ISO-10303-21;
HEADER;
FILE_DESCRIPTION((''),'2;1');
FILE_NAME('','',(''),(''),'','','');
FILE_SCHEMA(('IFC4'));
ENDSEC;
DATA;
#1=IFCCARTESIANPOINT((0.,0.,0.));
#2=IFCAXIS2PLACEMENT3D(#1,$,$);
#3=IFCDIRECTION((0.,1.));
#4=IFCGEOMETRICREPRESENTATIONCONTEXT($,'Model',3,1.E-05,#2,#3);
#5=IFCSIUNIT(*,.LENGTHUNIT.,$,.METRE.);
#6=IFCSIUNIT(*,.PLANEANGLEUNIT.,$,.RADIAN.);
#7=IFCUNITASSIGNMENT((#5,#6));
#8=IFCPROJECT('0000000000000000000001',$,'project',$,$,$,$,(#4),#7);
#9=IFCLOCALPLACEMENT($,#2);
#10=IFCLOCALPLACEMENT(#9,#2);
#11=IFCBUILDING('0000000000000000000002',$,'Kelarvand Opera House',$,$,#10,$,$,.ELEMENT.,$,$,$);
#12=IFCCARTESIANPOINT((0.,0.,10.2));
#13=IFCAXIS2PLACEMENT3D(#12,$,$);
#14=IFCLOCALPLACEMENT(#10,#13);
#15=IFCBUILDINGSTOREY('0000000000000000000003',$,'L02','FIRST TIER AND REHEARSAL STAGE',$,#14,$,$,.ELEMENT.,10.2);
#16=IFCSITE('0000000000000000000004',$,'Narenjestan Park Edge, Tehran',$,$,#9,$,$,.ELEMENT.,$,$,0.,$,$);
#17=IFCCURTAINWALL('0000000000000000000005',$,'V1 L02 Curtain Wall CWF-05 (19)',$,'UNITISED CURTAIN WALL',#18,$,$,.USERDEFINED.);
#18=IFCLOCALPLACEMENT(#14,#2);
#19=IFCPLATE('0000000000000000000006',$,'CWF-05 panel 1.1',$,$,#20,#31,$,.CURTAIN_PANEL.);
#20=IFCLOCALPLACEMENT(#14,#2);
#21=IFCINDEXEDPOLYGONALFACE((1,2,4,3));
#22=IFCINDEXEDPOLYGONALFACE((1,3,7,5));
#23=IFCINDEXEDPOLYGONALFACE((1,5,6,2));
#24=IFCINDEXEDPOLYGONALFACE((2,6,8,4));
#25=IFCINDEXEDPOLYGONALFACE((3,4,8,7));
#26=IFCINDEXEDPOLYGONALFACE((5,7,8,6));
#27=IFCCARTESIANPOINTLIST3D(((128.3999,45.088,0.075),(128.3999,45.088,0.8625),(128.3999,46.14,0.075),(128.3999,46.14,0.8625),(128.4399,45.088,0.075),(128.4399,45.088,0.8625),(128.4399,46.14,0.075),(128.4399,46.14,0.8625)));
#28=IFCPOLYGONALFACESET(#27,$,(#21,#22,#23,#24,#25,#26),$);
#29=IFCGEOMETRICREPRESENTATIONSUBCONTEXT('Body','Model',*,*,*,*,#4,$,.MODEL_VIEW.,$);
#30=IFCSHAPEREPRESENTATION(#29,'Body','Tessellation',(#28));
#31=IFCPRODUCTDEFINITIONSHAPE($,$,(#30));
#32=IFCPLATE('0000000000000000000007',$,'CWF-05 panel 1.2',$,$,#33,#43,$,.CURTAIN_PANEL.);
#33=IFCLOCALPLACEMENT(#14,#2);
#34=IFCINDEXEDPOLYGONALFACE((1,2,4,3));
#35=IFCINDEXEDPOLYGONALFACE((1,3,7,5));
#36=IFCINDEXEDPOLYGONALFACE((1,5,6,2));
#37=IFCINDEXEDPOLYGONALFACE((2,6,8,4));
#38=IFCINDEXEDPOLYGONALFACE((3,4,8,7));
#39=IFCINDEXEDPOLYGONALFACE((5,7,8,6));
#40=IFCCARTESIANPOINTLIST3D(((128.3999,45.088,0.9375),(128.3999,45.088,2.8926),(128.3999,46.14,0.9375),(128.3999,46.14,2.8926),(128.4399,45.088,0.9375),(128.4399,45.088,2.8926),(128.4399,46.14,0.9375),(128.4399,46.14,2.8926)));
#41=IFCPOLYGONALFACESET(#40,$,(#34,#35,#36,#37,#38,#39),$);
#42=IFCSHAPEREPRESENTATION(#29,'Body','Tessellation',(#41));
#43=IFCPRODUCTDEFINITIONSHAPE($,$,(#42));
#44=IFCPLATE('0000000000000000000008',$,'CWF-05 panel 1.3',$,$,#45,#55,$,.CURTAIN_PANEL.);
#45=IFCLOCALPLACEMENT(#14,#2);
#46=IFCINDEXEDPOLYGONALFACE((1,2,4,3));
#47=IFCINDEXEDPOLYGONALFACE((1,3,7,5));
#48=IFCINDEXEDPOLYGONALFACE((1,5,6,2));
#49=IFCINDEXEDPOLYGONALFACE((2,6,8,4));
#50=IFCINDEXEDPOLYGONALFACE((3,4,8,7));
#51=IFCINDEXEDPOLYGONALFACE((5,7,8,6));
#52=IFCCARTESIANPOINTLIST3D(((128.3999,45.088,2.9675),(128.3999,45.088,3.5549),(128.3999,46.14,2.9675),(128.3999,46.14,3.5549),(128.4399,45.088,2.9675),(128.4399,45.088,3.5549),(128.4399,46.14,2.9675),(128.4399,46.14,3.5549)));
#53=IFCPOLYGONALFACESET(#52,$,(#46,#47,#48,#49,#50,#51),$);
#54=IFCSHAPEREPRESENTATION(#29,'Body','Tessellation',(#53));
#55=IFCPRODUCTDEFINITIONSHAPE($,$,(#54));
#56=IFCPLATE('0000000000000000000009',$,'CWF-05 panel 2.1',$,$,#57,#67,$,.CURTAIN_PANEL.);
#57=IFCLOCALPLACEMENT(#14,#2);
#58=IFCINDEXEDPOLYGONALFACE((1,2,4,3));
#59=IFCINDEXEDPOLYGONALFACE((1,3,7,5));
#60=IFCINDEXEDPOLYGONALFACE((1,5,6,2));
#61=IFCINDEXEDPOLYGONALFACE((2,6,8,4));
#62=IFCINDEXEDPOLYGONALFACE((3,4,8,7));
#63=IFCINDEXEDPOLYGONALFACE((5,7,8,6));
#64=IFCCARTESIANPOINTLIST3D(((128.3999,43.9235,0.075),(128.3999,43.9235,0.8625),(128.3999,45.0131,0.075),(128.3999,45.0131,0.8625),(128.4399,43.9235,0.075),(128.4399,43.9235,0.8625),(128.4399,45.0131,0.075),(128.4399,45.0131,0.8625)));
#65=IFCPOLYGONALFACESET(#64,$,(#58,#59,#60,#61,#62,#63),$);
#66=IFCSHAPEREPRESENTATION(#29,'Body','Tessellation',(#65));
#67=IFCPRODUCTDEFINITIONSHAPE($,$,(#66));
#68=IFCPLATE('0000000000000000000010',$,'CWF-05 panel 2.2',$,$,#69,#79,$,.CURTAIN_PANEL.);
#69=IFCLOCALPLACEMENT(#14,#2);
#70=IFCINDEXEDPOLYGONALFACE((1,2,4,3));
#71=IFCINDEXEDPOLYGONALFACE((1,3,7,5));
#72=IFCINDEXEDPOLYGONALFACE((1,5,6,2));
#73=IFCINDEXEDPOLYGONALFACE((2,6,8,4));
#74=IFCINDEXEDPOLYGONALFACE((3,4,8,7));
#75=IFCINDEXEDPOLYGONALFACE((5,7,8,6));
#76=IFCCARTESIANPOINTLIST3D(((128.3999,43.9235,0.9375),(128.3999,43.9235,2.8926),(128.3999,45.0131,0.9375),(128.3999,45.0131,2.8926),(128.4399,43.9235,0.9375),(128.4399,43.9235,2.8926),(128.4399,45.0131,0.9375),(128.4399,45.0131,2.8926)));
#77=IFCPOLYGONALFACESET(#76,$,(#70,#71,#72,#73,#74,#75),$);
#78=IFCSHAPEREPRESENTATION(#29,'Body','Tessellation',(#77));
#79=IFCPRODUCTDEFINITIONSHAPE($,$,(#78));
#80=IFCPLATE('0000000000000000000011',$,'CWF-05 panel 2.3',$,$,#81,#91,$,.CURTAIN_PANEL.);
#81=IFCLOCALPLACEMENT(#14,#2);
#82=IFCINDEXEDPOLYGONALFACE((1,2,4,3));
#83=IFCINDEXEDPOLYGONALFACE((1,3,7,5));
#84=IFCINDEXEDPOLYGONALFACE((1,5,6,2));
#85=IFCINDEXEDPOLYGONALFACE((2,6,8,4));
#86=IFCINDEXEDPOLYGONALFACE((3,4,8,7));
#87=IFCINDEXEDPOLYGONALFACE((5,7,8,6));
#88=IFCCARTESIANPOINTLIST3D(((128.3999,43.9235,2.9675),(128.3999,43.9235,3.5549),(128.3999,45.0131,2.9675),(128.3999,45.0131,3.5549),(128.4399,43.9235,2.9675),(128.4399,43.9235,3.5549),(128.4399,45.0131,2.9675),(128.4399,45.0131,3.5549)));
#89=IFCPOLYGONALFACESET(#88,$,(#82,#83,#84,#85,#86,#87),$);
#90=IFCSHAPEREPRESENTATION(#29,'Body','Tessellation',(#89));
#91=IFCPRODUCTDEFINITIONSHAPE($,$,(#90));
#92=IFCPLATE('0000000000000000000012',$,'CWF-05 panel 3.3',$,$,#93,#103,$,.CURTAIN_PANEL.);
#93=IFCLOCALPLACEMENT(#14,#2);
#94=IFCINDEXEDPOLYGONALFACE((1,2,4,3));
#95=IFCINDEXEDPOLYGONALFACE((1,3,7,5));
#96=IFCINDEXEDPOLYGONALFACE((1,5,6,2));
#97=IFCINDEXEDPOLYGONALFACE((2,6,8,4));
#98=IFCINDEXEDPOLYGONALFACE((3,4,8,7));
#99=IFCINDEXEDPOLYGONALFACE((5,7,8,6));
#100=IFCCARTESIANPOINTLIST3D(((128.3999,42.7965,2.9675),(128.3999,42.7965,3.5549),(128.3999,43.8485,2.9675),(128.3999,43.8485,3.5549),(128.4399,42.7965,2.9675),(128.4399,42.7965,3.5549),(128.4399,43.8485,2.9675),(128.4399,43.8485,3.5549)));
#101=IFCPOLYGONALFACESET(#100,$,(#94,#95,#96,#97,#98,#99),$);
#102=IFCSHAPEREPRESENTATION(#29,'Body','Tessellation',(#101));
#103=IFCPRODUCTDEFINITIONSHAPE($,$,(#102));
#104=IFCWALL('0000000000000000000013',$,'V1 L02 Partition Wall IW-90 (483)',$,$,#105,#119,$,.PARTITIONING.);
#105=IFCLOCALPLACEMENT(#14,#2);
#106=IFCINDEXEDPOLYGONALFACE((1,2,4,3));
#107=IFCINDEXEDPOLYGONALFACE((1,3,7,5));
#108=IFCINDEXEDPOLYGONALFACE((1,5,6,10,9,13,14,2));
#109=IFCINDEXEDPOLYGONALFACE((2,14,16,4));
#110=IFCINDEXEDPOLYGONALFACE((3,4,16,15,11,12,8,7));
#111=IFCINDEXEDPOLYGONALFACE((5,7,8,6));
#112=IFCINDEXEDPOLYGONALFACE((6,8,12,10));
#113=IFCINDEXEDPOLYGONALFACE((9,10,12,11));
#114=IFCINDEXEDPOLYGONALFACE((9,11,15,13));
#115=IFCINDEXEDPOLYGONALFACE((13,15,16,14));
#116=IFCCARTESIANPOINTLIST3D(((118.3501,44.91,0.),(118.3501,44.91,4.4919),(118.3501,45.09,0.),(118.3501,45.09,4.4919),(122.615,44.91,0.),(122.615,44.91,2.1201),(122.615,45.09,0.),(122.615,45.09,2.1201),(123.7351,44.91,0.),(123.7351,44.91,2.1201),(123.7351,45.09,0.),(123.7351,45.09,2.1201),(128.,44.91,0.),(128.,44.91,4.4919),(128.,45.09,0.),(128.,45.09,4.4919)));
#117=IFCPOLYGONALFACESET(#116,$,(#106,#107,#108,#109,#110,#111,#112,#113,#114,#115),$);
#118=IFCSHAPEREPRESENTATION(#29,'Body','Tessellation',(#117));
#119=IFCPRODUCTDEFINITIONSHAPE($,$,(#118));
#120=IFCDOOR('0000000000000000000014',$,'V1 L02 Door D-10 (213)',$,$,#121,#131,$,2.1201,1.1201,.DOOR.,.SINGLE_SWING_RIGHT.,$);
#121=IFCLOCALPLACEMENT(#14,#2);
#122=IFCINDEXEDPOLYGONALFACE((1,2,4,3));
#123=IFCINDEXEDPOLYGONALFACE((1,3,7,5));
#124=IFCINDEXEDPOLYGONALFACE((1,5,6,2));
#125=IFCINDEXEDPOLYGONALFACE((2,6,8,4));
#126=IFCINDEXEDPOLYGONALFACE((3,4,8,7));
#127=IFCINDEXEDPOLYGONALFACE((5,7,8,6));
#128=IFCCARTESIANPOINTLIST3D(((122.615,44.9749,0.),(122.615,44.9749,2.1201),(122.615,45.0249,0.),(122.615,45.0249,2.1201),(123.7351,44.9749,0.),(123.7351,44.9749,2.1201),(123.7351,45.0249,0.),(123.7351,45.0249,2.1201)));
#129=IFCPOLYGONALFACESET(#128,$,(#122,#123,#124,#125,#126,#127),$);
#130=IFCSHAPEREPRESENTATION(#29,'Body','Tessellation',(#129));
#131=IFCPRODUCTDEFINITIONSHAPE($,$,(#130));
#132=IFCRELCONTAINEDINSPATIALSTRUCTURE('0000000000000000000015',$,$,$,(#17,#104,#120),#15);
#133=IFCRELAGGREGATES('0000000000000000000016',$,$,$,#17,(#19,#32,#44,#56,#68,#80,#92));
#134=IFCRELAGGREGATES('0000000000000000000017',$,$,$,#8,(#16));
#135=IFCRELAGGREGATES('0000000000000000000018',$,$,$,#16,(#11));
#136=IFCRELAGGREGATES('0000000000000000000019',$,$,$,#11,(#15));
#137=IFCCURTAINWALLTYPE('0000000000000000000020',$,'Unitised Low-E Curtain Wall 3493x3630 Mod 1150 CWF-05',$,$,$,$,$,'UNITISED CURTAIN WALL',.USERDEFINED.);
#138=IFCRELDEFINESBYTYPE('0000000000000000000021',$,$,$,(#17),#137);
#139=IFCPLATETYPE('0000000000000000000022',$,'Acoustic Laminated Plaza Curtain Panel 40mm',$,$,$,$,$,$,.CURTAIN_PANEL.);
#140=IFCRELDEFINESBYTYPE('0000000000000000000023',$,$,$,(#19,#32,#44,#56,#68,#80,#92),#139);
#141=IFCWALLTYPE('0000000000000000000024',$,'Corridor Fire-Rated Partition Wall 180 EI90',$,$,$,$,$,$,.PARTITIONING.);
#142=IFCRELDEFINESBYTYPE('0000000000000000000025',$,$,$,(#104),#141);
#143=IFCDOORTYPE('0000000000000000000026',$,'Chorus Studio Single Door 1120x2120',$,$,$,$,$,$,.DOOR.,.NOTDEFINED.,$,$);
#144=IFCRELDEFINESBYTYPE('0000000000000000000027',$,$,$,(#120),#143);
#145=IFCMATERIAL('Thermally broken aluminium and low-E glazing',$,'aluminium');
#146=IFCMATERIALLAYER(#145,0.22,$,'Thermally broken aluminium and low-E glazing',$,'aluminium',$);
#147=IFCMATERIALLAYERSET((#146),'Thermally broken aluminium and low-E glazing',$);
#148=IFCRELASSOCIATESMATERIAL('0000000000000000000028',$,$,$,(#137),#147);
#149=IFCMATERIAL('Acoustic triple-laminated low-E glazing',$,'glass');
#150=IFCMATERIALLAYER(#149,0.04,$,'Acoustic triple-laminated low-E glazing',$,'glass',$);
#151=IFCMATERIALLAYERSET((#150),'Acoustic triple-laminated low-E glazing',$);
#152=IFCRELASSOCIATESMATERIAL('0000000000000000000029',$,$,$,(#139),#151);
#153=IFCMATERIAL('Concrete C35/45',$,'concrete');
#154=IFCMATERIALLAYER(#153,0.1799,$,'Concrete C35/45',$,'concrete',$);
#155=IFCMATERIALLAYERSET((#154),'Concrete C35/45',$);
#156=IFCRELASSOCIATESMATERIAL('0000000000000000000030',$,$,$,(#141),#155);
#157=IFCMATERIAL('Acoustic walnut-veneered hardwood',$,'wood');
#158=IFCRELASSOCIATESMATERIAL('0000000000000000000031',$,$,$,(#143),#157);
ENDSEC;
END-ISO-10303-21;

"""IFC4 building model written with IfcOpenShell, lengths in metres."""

from ifc_helpers import new_model, si_unit, direction, frame, frame_2d, origin, origin_2d, place, context, subcontext, project, spatial, rectangle, extrude, material, layer, layer_set, type_object, element, fill, aggregate, save


model = new_model("IFC4")

# Units and contexts
model_context = context("Model", 3, precision=1e-05, world=origin(), true_north=direction((0.0, 1.0)))
body_context = subcontext(model_context, "Body", "Model", "MODEL_VIEW")
ifc_project = project(units=[si_unit("LENGTHUNIT", "METRE"), si_unit("PLANEANGLEUNIT", "RADIAN")], contexts=[model_context])

# Site, building, storey
site_placement = place(None, origin())
site = spatial("IfcSite", under=ifc_project, at=site_placement, Name="Narenjestan Park Edge, Tehran", CompositionType="ELEMENT", RefElevation=0.0)
building_placement = place(site_placement, origin())
building = spatial("IfcBuilding", under=site, at=building_placement, Name="Kelarvand Opera House", CompositionType="ELEMENT")
storey_placement = place(building_placement, frame((0.0, 0.0, 10.2)))
storey = spatial("IfcBuildingStorey", under=building, at=storey_placement, Name="L02", Description="FIRST TIER AND REHEARSAL STAGE", CompositionType="ELEMENT", Elevation=10.2)

# Curtain wall, plates
ifc_material_1 = material(Name="Thermally broken aluminium and low-E glazing", Category="aluminium")
ifc_layer_1 = layer(ifc_material_1, 0.22, Name="Thermally broken aluminium and low-E glazing", Category="aluminium")
ifc_layer_set_1 = layer_set([ifc_layer_1], Name="Thermally broken aluminium and low-E glazing")
curtain_wall_type = type_object("IfcCurtainWallType", Name="Unitised Low-E Curtain Wall 3493x3630 Mod 1150 CWF-05", ElementType="UNITISED CURTAIN WALL", PredefinedType="USERDEFINED", material=ifc_layer_set_1)
curtain_wall_placement = place(storey_placement, origin())
curtain_wall = element("IfcCurtainWall", 1, at=curtain_wall_placement, inside=storey, type_object=curtain_wall_type, Name="V1 L02 Curtain Wall CWF-05 (19)", ObjectType="UNITISED CURTAIN WALL", PredefinedType="USERDEFINED")
ifc_material_2 = material(Name="Acoustic triple-laminated low-E glazing", Category="glass")
ifc_layer_2 = layer(ifc_material_2, 0.04, Name="Acoustic triple-laminated low-E glazing", Category="glass")
ifc_layer_set_2 = layer_set([ifc_layer_2], Name="Acoustic triple-laminated low-E glazing")
plate_type = type_object("IfcPlateType", Name="Acoustic Laminated Plaza Curtain Panel 40mm", PredefinedType="CURTAIN_PANEL", material=ifc_layer_set_2)
plate_1_placement = place(storey_placement, frame((128.4199, 45.614, 0.075), z_axis=(0.0, 0.0, 1.0), x_axis=(0.0, -1.0, 0.0)))
plate_1 = element("IfcPlate", 2, at=plate_1_placement, type_object=plate_type, Name="CWF-05 panel 1.1", PredefinedType="CURTAIN_PANEL", context=body_context, shape_type="SweptSolid", body=[
    extrude(rectangle(XDim=1.052, YDim=0.04, at=origin_2d()), origin(), (0.0, 0.0, 1.0), 0.7876),
])
plate_2_placement = place(storey_placement, frame((128.4199, 45.614, 0.9375), z_axis=(0.0, 0.0, 1.0), x_axis=(0.0, -1.0, 0.0)))
plate_2 = element("IfcPlate", 3, at=plate_2_placement, type_object=plate_type, Name="CWF-05 panel 1.2", PredefinedType="CURTAIN_PANEL", context=body_context, shape_type="SweptSolid", body=[
    extrude(rectangle(XDim=1.052, YDim=0.04, at=origin_2d()), origin(), (0.0, 0.0, 1.0), 1.9551),
])
plate_3_placement = place(storey_placement, frame((128.4199, 45.614, 2.9675), z_axis=(0.0, 0.0, 1.0), x_axis=(0.0, -1.0, 0.0)))
plate_3 = element("IfcPlate", 4, at=plate_3_placement, type_object=plate_type, Name="CWF-05 panel 1.3", PredefinedType="CURTAIN_PANEL", context=body_context, shape_type="SweptSolid", body=[
    extrude(rectangle(XDim=1.052, YDim=0.04, at=origin_2d()), origin(), (0.0, 0.0, 1.0), 0.5874),
])
plate_4_placement = place(storey_placement, frame((128.4199, 44.4683, 0.075), z_axis=(0.0, 0.0, 1.0), x_axis=(0.0, -1.0, 0.0)))
plate_4 = element("IfcPlate", 5, at=plate_4_placement, type_object=plate_type, Name="CWF-05 panel 2.1", PredefinedType="CURTAIN_PANEL", context=body_context, shape_type="SweptSolid", body=[
    extrude(rectangle(XDim=1.0896, YDim=0.04, at=origin_2d()), origin(), (0.0, 0.0, 1.0), 0.7876),
])
plate_5_placement = place(storey_placement, frame((128.4199, 44.4683, 0.9375), z_axis=(0.0, 0.0, 1.0), x_axis=(0.0, -1.0, 0.0)))
plate_5 = element("IfcPlate", 6, at=plate_5_placement, type_object=plate_type, Name="CWF-05 panel 2.2", PredefinedType="CURTAIN_PANEL", context=body_context, shape_type="SweptSolid", body=[
    extrude(rectangle(XDim=1.0896, YDim=0.04, at=origin_2d()), origin(), (0.0, 0.0, 1.0), 1.9551),
])
plate_6_placement = place(storey_placement, frame((128.4199, 44.4683, 2.9675), z_axis=(0.0, 0.0, 1.0), x_axis=(0.0, -1.0, 0.0)))
plate_6 = element("IfcPlate", 7, at=plate_6_placement, type_object=plate_type, Name="CWF-05 panel 2.3", PredefinedType="CURTAIN_PANEL", context=body_context, shape_type="SweptSolid", body=[
    extrude(rectangle(XDim=1.0896, YDim=0.04, at=origin_2d()), origin(), (0.0, 0.0, 1.0), 0.5874),
])
plate_7_placement = place(storey_placement, frame((128.4199, 43.3225, 2.9675), z_axis=(0.0, 0.0, 1.0), x_axis=(0.0, -1.0, 0.0)))
plate_7 = element("IfcPlate", 8, at=plate_7_placement, type_object=plate_type, Name="CWF-05 panel 3.3", PredefinedType="CURTAIN_PANEL", context=body_context, shape_type="SweptSolid", body=[
    extrude(rectangle(XDim=1.052, YDim=0.04, at=origin_2d()), origin(), (0.0, 0.0, 1.0), 0.5874),
])
aggregate(curtain_wall, [plate_1, plate_2, plate_3, plate_4, plate_5, plate_6, plate_7])

# Wall, opening, door
ifc_material_3 = material(Name="Concrete C35/45", Category="concrete")
ifc_layer_3 = layer(ifc_material_3, 0.1799, Name="Concrete C35/45", Category="concrete")
ifc_layer_set_3 = layer_set([ifc_layer_3], Name="Concrete C35/45")
wall_type = type_object("IfcWallType", Name="Corridor Fire-Rated Partition Wall 180 EI90", PredefinedType="PARTITIONING", material=ifc_layer_set_3)
wall_placement = place(storey_placement, frame((118.3501, 45.0, 0.0), z_axis=(0.0, 0.0, 1.0), x_axis=(1.0, 0.0, 0.0)))
wall = element("IfcWall", 9, at=wall_placement, inside=storey, type_object=wall_type, Name="V1 L02 Partition Wall IW-90 (483)", PredefinedType="PARTITIONING", context=body_context, shape_type="SweptSolid", body=[
    extrude(rectangle(XDim=9.6499, YDim=0.1799, at=frame_2d((4.825, 0.0))), origin(), (0.0, 0.0, 1.0), 4.4919),
])
opening_placement = place(wall_placement, frame((4.2649, 0.0, 0.0)))
opening = element("IfcOpeningElement", 10, at=opening_placement, cuts=wall, PredefinedType="OPENING", context=body_context, shape_type="SweptSolid", body=[
    extrude(rectangle(XDim=1.1201, YDim=2.1201, at=frame_2d((0.5601, 1.0601))), frame((0.0, 0.1001, 0.0), z_axis=(0.0, -1.0, 0.0), x_axis=(1.0, 0.0, 0.0)), (0.0, 0.0, 1.0), 0.2),
])
ifc_material_4 = material(Name="Acoustic walnut-veneered hardwood", Category="wood")
door_type = type_object("IfcDoorType", Name="Chorus Studio Single Door 1120x2120", OperationType="NOTDEFINED", PredefinedType="DOOR", material=ifc_material_4)
door_placement = place(opening_placement, origin())
door = element("IfcDoor", 11, at=door_placement, inside=storey, type_object=door_type, Name="V1 L02 Door D-10 (213)", OperationType="SINGLE_SWING_RIGHT", OverallHeight=2.1201, OverallWidth=1.1201, PredefinedType="DOOR", context=body_context, shape_type="SweptSolid", body=[
    extrude(rectangle(XDim=1.1201, YDim=2.1201, at=frame_2d((0.5601, 1.0601))), frame((0.0, 0.0249, 0.0), z_axis=(0.0, -1.0, 0.0), x_axis=(1.0, 0.0, 0.0)), (0.0, 0.0, 1.0), 0.05),
])
fill(opening, door)

save(model, "model.ifc")
